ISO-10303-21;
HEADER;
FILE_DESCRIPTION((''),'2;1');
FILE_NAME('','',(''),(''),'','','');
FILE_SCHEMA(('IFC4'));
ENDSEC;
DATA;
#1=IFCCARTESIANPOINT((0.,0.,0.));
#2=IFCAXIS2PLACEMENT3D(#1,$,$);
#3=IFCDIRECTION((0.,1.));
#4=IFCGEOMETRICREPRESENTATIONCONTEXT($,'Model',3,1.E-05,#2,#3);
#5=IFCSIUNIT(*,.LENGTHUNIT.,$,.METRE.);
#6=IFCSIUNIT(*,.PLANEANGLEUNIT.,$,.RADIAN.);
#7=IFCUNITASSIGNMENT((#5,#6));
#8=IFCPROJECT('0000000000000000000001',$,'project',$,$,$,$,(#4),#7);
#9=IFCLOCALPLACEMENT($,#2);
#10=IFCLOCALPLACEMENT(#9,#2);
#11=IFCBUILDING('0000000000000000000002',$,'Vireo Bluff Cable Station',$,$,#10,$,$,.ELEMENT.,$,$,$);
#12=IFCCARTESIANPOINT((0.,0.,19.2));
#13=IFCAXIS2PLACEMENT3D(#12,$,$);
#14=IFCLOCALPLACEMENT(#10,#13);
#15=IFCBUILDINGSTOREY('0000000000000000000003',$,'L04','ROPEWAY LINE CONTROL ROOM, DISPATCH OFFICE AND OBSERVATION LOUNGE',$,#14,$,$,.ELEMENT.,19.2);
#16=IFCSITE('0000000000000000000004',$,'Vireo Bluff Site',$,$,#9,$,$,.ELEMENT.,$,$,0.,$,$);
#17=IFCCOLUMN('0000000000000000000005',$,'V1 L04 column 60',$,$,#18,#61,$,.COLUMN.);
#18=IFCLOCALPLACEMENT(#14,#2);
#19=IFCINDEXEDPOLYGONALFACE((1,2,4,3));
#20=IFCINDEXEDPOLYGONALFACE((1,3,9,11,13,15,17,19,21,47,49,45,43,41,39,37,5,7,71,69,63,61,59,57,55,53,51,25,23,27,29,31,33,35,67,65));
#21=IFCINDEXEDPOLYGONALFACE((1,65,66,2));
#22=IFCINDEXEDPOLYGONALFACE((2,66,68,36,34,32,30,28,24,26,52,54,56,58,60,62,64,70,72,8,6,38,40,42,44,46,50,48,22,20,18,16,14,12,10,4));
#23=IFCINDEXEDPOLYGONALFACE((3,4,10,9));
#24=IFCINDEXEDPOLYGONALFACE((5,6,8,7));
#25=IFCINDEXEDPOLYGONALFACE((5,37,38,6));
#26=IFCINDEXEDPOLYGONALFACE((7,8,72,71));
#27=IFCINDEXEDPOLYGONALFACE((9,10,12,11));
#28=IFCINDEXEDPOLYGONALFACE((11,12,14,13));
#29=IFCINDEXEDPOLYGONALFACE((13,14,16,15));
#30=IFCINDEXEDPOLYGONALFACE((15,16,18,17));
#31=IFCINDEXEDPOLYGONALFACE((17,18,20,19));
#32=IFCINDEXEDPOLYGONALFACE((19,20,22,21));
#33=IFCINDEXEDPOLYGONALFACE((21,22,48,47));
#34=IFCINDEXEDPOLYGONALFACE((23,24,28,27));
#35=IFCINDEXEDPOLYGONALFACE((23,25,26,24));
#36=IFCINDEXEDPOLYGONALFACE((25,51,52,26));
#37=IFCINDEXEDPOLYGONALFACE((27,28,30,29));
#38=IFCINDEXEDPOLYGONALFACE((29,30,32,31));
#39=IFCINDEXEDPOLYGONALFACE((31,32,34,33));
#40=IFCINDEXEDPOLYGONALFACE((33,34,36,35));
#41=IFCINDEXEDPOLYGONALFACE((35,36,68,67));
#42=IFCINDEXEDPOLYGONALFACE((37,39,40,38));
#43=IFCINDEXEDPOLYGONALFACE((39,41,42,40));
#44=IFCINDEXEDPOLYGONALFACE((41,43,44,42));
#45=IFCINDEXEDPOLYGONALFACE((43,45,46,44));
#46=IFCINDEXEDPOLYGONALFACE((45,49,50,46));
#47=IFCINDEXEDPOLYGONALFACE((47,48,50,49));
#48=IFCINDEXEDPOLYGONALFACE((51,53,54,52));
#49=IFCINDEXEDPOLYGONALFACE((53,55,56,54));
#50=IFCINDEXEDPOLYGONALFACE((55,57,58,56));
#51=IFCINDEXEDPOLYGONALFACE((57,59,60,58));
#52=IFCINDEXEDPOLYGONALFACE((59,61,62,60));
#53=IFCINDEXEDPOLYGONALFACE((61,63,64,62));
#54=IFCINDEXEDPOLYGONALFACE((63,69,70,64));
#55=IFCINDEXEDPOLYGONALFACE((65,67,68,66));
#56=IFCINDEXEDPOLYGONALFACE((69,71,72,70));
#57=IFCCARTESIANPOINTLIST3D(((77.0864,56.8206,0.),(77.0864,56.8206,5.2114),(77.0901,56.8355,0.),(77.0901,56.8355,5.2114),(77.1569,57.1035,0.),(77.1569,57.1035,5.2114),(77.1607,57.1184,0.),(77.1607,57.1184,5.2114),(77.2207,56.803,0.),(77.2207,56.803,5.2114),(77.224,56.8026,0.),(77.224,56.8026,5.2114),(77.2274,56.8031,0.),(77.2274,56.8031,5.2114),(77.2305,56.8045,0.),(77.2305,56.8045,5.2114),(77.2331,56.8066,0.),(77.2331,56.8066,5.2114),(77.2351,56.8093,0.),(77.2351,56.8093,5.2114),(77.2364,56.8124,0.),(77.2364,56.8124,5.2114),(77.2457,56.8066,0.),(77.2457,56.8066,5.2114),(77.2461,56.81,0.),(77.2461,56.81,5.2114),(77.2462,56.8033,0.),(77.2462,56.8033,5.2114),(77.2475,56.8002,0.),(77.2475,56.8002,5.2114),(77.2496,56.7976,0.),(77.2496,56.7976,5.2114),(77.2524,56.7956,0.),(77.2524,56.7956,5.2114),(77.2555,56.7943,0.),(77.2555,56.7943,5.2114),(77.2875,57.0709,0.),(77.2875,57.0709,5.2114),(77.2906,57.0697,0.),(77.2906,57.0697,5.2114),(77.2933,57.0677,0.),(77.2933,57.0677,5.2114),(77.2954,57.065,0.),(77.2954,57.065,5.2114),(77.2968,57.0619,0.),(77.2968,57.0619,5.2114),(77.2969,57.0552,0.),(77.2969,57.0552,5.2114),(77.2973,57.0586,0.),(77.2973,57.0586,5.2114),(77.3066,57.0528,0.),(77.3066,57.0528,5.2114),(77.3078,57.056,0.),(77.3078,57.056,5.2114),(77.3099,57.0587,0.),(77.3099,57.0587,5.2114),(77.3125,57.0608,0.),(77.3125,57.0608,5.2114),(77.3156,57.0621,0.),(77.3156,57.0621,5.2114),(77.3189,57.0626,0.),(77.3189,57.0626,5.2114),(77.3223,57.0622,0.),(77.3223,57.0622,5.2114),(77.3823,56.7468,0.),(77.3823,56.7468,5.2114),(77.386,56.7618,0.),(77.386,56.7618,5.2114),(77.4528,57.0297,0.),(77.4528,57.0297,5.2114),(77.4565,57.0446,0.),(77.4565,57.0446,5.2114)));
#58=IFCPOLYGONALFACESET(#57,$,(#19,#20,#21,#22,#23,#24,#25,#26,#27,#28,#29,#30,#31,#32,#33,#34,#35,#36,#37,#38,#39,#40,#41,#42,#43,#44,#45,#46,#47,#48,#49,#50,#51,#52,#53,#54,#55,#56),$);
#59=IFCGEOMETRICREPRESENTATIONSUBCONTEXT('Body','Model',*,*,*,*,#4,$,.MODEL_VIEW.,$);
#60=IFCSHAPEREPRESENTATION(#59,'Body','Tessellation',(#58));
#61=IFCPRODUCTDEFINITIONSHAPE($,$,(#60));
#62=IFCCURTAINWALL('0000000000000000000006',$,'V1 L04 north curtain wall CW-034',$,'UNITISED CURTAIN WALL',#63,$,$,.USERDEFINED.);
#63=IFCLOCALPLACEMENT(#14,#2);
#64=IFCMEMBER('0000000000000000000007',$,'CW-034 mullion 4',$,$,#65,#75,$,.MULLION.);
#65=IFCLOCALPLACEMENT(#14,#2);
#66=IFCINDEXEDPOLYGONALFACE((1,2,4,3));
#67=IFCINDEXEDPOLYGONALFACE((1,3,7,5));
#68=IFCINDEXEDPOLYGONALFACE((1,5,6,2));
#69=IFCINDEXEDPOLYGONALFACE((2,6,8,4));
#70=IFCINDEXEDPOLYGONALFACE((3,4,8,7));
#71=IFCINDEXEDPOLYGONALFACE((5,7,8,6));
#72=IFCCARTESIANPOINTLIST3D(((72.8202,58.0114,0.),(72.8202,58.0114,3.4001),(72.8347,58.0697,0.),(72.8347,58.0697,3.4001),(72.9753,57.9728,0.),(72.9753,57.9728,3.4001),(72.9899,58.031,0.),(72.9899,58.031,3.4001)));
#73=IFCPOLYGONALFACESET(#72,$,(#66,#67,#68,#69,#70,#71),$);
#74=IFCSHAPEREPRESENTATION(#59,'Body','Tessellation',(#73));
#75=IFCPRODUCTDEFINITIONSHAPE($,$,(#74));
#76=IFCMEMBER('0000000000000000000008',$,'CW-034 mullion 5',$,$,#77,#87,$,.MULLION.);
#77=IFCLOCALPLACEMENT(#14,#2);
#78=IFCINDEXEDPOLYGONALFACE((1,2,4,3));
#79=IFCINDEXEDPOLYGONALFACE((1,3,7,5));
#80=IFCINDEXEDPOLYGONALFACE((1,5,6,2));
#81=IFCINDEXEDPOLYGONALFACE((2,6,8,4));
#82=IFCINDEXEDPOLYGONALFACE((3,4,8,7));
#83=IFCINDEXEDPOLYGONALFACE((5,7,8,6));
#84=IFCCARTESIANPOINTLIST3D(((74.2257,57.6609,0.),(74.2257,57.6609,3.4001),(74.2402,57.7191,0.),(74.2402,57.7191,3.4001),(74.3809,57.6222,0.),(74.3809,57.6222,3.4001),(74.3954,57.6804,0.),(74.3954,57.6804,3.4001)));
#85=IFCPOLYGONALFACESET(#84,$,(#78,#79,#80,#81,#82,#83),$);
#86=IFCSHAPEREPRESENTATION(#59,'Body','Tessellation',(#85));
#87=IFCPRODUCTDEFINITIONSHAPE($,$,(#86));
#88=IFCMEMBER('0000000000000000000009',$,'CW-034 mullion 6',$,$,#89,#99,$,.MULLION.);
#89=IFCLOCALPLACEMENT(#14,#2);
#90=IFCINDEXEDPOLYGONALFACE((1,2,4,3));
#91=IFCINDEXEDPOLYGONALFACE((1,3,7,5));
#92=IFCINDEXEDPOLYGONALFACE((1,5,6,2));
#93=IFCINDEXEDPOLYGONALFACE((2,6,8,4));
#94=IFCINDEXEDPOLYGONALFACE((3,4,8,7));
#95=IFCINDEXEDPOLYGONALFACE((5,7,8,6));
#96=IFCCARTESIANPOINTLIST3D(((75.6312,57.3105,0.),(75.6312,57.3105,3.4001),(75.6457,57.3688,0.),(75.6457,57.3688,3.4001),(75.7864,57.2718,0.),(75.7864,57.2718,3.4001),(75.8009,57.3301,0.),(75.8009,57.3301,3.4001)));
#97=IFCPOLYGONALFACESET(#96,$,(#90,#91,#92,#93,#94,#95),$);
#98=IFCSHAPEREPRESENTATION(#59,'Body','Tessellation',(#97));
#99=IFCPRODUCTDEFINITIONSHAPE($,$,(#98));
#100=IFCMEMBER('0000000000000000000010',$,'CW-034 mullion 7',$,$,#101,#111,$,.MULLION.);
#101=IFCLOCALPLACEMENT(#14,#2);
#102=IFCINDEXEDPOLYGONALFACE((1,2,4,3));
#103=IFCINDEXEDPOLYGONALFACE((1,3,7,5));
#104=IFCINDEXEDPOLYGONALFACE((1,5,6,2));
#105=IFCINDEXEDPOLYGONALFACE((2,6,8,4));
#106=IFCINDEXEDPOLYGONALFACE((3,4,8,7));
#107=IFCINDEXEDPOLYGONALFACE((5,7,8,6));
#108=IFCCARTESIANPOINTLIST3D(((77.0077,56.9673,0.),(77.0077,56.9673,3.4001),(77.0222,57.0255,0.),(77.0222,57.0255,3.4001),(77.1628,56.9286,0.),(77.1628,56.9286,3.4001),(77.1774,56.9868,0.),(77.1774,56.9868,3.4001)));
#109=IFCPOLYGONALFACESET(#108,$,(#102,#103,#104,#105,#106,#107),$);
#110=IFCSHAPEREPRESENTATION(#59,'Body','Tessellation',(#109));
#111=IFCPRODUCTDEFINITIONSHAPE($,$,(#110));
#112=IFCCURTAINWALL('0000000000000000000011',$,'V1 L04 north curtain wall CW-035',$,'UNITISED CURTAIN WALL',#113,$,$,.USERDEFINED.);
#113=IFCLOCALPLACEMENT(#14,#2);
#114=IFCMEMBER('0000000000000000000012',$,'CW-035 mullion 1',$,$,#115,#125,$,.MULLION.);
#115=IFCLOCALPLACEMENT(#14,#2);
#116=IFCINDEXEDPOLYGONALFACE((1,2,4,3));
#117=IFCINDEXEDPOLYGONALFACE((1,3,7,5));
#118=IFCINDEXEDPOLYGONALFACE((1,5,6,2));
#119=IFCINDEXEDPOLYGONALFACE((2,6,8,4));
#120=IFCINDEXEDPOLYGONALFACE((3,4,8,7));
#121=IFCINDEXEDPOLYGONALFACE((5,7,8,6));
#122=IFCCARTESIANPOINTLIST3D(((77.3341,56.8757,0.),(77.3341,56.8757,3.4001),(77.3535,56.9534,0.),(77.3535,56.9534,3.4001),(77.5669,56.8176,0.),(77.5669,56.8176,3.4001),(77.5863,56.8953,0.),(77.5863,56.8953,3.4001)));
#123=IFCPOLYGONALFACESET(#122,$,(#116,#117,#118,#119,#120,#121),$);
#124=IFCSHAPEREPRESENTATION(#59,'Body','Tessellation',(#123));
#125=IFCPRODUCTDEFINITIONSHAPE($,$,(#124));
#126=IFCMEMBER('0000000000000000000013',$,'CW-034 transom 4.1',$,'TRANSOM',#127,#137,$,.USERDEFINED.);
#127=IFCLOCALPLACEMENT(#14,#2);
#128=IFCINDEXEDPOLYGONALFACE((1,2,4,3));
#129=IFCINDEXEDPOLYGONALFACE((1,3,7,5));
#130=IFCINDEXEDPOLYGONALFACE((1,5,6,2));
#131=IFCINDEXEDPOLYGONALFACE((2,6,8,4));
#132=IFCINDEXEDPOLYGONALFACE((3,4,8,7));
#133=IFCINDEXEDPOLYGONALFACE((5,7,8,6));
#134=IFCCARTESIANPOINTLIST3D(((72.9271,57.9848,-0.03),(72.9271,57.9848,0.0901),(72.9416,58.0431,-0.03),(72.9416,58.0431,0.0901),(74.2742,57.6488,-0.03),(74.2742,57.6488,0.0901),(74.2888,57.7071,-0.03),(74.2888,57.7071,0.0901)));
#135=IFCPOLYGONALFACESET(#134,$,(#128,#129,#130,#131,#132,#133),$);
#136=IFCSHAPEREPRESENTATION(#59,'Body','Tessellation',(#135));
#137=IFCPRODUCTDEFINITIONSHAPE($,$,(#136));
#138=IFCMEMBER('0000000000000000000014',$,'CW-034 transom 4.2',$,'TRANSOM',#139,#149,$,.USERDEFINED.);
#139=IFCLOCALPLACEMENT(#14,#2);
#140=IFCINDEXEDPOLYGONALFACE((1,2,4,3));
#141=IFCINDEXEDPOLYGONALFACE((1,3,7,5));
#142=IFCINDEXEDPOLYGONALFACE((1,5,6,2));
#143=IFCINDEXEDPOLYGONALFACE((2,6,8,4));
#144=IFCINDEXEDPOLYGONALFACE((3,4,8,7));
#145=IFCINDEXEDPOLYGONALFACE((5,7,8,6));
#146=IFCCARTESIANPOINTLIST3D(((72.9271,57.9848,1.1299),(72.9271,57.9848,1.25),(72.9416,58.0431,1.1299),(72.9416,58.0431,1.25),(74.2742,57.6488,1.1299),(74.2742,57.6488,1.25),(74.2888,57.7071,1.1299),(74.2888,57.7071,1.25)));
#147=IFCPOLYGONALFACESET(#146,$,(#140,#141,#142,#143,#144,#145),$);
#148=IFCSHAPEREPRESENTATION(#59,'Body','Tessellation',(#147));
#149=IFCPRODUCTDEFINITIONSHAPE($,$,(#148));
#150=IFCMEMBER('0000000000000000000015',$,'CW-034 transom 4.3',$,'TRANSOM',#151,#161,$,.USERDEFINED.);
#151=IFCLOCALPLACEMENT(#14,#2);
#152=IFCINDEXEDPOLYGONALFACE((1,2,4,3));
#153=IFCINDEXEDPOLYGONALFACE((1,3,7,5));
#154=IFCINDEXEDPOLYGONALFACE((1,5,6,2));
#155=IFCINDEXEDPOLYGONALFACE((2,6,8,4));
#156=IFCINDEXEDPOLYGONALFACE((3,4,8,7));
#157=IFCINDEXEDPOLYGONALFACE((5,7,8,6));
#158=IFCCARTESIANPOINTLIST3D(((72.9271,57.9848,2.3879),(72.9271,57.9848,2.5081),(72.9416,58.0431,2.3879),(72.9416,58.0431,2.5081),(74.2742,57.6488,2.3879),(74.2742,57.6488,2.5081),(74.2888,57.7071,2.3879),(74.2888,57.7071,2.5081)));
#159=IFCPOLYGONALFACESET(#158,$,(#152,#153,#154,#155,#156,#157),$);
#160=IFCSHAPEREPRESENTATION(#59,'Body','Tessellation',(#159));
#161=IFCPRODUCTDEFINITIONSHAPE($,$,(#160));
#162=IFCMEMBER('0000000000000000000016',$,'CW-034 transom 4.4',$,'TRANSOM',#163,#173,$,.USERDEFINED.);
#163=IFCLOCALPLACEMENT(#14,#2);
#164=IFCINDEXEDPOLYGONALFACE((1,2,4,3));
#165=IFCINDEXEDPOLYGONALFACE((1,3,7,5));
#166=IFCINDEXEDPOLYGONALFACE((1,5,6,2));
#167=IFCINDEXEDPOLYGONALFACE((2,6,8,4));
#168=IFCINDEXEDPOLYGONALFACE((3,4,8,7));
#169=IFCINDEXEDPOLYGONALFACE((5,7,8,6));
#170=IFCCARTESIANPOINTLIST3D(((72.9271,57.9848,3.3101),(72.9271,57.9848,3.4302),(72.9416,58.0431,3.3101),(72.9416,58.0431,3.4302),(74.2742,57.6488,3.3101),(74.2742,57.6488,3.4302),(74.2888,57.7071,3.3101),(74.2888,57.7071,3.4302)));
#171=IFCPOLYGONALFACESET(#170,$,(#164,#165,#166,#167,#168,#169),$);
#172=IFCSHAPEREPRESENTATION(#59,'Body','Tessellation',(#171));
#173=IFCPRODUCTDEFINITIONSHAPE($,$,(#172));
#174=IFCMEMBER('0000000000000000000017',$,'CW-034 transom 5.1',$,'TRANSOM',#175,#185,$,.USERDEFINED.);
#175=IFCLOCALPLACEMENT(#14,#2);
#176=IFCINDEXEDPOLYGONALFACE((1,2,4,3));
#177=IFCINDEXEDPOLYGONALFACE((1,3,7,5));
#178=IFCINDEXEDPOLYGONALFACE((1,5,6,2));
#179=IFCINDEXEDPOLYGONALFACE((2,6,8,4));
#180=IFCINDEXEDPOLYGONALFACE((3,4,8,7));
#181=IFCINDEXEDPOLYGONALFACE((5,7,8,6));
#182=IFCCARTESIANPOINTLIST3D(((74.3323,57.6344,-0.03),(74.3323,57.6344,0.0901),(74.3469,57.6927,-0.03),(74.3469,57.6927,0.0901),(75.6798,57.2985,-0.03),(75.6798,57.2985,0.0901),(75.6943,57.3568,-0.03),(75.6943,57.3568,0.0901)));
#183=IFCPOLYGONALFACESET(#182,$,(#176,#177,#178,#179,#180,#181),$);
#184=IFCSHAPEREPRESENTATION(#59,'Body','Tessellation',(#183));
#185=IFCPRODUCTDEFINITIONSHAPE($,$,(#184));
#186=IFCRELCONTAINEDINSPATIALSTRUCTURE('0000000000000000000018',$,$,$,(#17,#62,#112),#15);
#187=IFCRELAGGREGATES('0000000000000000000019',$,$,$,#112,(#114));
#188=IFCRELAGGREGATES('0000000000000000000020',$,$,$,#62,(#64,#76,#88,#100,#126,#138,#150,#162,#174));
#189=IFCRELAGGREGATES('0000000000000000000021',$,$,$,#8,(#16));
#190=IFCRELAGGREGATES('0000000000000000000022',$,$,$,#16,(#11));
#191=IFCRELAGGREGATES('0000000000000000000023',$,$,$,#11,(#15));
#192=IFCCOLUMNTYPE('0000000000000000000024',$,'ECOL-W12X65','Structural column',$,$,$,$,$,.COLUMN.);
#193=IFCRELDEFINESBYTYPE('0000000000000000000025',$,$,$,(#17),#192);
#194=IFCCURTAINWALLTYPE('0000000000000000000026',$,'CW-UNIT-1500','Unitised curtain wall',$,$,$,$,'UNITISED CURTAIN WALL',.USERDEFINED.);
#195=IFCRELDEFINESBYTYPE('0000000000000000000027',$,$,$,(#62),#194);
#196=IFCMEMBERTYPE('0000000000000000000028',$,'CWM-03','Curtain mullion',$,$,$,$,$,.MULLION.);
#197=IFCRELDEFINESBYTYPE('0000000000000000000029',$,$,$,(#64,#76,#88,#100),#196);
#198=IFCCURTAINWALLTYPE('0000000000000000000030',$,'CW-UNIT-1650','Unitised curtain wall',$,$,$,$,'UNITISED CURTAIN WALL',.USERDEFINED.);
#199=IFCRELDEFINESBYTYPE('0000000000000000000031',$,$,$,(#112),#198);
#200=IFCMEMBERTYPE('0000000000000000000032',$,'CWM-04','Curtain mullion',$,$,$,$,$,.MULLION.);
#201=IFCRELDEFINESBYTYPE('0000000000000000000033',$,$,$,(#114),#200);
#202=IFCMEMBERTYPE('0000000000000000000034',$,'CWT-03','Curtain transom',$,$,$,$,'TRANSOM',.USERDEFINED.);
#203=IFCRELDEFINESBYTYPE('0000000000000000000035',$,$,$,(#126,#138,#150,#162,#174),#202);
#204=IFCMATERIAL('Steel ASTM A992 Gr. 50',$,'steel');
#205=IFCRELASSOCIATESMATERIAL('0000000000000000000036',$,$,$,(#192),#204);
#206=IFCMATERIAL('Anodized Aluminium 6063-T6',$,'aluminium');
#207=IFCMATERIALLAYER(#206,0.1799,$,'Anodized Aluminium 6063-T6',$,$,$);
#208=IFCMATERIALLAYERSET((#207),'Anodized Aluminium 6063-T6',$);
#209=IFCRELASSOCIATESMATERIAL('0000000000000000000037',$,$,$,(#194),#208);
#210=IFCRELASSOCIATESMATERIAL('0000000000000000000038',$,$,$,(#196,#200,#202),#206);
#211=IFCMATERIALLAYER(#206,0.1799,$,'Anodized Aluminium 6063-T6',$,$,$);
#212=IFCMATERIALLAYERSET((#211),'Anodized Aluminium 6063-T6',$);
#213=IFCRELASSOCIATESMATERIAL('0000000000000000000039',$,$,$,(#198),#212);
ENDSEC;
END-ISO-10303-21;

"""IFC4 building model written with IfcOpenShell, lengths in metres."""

from ifc_helpers import new_model, si_unit, direction, frame, origin, origin_2d, place, context, subcontext, project, spatial, rectangle, i_section, extrude, material, layer, layer_set, material_profile, profile_set, type_object, element, aggregate, save


model = new_model("IFC4")

# Units and contexts
model_context = context("Model", 3, precision=1e-05, world=origin(), true_north=direction((0.0, 1.0)))
body_context = subcontext(model_context, "Body", "Model", "MODEL_VIEW")
ifc_project = project(units=[si_unit("LENGTHUNIT", "METRE"), si_unit("PLANEANGLEUNIT", "RADIAN")], contexts=[model_context])

# Site, building, storey
site_placement = place(None, origin())
site = spatial("IfcSite", under=ifc_project, at=site_placement, Name="Vireo Bluff Site", CompositionType="ELEMENT", RefElevation=0.0)
building_placement = place(site_placement, origin())
building = spatial("IfcBuilding", under=site, at=building_placement, Name="Vireo Bluff Cable Station", CompositionType="ELEMENT")
storey_placement = place(building_placement, frame((0.0, 0.0, 19.2)))
storey = spatial("IfcBuildingStorey", under=building, at=storey_placement, Name="L04", Description="ROPEWAY LINE CONTROL ROOM, DISPATCH OFFICE AND OBSERVATION LOUNGE", CompositionType="ELEMENT", Elevation=19.2)

# Column
ifc_material_1 = material(Name="Steel ASTM A992 Gr. 50", Category="steel")
ifc_material_profile_1 = material_profile(ifc_material_1, i_section(OverallWidth=0.3049, OverallDepth=0.3069, WebThickness=0.01, FlangeThickness=0.0154, FilletRadius=0.0129, at=origin_2d()), Name="W12X65")
ifc_profile_set_1 = profile_set([ifc_material_profile_1], Name="Steel ASTM A992 Gr. 50")
column_type = type_object("IfcColumnType", Name="ECOL-W12X65", Description="Structural column", PredefinedType="COLUMN", material=ifc_profile_set_1)
column_placement = place(storey_placement, frame((77.2715, 56.9326, 0.0), z_axis=(0.0, 0.0, 1.0), x_axis=(0.970296, -0.241922, 0.0)))
element("IfcColumn", 1, at=column_placement, inside=storey, type_object=column_type, Name="V1 L04 column 60", PredefinedType="COLUMN", context=body_context, shape_type="SweptSolid", body=[
    extrude(i_section(OverallWidth=0.3049, OverallDepth=0.3069, WebThickness=0.01, FlangeThickness=0.0154, FilletRadius=0.0129, at=origin_2d()), origin(), (0.0, 0.0, 1.0), 5.2114),
])

# Curtain wall, members
ifc_material_2 = material(Name="Anodized Aluminium 6063-T6", Category="aluminium")
ifc_layer_1 = layer(ifc_material_2, 0.1799, Name="Anodized Aluminium 6063-T6")
ifc_layer_set_1 = layer_set([ifc_layer_1], Name="Anodized Aluminium 6063-T6")
curtain_wall_type_1 = type_object("IfcCurtainWallType", Name="CW-UNIT-1500", Description="Unitised curtain wall", ElementType="UNITISED CURTAIN WALL", PredefinedType="USERDEFINED", material=ifc_layer_set_1)
curtain_wall_1_placement = place(storey_placement, origin())
curtain_wall_1 = element("IfcCurtainWall", 2, at=curtain_wall_1_placement, inside=storey, type_object=curtain_wall_type_1, Name="V1 L04 north curtain wall CW-034", ObjectType="UNITISED CURTAIN WALL", PredefinedType="USERDEFINED")
ifc_material_profile_2 = material_profile(ifc_material_2, rectangle(XDim=0.0601, YDim=0.1599, at=origin_2d()), Name="ALU-M-60X160")
ifc_profile_set_2 = profile_set([ifc_material_profile_2], Name="Anodized Aluminium 6063-T6")
member_type_1 = type_object("IfcMemberType", Name="CWM-03", Description="Curtain mullion", PredefinedType="MULLION", material=ifc_profile_set_2)
member_1_placement = place(storey_placement, frame((72.905, 58.0212, 0.0), z_axis=(0.0, 0.0, 1.0), x_axis=(0.241922, 0.970296, 0.0)))
member_1 = element("IfcMember", 3, at=member_1_placement, type_object=member_type_1, Name="CW-034 mullion 4", PredefinedType="MULLION", context=body_context, shape_type="SweptSolid", body=[
    extrude(rectangle(XDim=0.0601, YDim=0.1599, at=origin_2d()), origin(), (0.0, 0.0, 1.0), 3.4001),
])
member_2_placement = place(storey_placement, frame((74.3105, 57.6707, 0.0), z_axis=(0.0, 0.0, 1.0), x_axis=(0.241922, 0.970296, 0.0)))
member_2 = element("IfcMember", 4, at=member_2_placement, type_object=member_type_1, Name="CW-034 mullion 5", PredefinedType="MULLION", context=body_context, shape_type="SweptSolid", body=[
    extrude(rectangle(XDim=0.0601, YDim=0.1599, at=origin_2d()), origin(), (0.0, 0.0, 1.0), 3.4001),
])
member_3_placement = place(storey_placement, frame((75.7161, 57.3203, 0.0), z_axis=(0.0, 0.0, 1.0), x_axis=(0.241922, 0.970296, 0.0)))
member_3 = element("IfcMember", 5, at=member_3_placement, type_object=member_type_1, Name="CW-034 mullion 6", PredefinedType="MULLION", context=body_context, shape_type="SweptSolid", body=[
    extrude(rectangle(XDim=0.0601, YDim=0.1599, at=origin_2d()), origin(), (0.0, 0.0, 1.0), 3.4001),
])
member_4_placement = place(storey_placement, frame((77.0925, 56.9771, 0.0), z_axis=(0.0, 0.0, 1.0), x_axis=(0.241922, 0.970296, 0.0)))
member_4 = element("IfcMember", 6, at=member_4_placement, type_object=member_type_1, Name="CW-034 mullion 7", PredefinedType="MULLION", context=body_context, shape_type="SweptSolid", body=[
    extrude(rectangle(XDim=0.0601, YDim=0.1599, at=origin_2d()), origin(), (0.0, 0.0, 1.0), 3.4001),
])

# Curtain wall, member
ifc_layer_2 = layer(ifc_material_2, 0.1799, Name="Anodized Aluminium 6063-T6")
ifc_layer_set_2 = layer_set([ifc_layer_2], Name="Anodized Aluminium 6063-T6")
curtain_wall_type_2 = type_object("IfcCurtainWallType", Name="CW-UNIT-1650", Description="Unitised curtain wall", ElementType="UNITISED CURTAIN WALL", PredefinedType="USERDEFINED", material=ifc_layer_set_2)
curtain_wall_2_placement = place(storey_placement, origin())
curtain_wall_2 = element("IfcCurtainWall", 7, at=curtain_wall_2_placement, inside=storey, type_object=curtain_wall_type_2, Name="V1 L04 north curtain wall CW-035", ObjectType="UNITISED CURTAIN WALL", PredefinedType="USERDEFINED")
ifc_material_profile_3 = material_profile(ifc_material_2, rectangle(XDim=0.0801, YDim=0.24, at=origin_2d()), Name="ALU-M-80X240")
ifc_profile_set_3 = profile_set([ifc_material_profile_3], Name="Anodized Aluminium 6063-T6")
member_type_2 = type_object("IfcMemberType", Name="CWM-04", Description="Curtain mullion", PredefinedType="MULLION", material=ifc_profile_set_3)
member_5_placement = place(storey_placement, frame((77.4602, 56.8855, 0.0), z_axis=(0.0, 0.0, 1.0), x_axis=(0.241922, 0.970296, 0.0)))
member_5 = element("IfcMember", 8, at=member_5_placement, type_object=member_type_2, Name="CW-035 mullion 1", PredefinedType="MULLION", context=body_context, shape_type="SweptSolid", body=[
    extrude(rectangle(XDim=0.0801, YDim=0.24, at=origin_2d()), origin(), (0.0, 0.0, 1.0), 3.4001),
])

# Members
ifc_material_profile_4 = material_profile(ifc_material_2, rectangle(XDim=0.0601, YDim=0.1201, at=origin_2d()), Name="ALU-T-60X120")
ifc_profile_set_4 = profile_set([ifc_material_profile_4], Name="Anodized Aluminium 6063-T6")
member_type_3 = type_object("IfcMemberType", Name="CWT-03", Description="Curtain transom", ElementType="TRANSOM", PredefinedType="USERDEFINED", material=ifc_profile_set_4)
member_6_placement = place(storey_placement, frame((72.9343, 58.0139, 0.03), z_axis=(0.970287, -0.241956, 0.0), x_axis=(0.241956, 0.970287, 0.0)))
member_6 = element("IfcMember", 9, at=member_6_placement, type_object=member_type_3, Name="CW-034 transom 4.1", ObjectType="TRANSOM", PredefinedType="USERDEFINED", context=body_context, shape_type="SweptSolid", body=[
    extrude(rectangle(XDim=0.0601, YDim=0.1201, at=origin_2d()), origin(), (0.0, 0.0, 1.0), 1.3884),
])
member_7_placement = place(storey_placement, frame((72.9343, 58.0139, 1.1899), z_axis=(0.970287, -0.241956, 0.0), x_axis=(0.241956, 0.970287, 0.0)))
member_7 = element("IfcMember", 10, at=member_7_placement, type_object=member_type_3, Name="CW-034 transom 4.2", ObjectType="TRANSOM", PredefinedType="USERDEFINED", context=body_context, shape_type="SweptSolid", body=[
    extrude(rectangle(XDim=0.0601, YDim=0.1201, at=origin_2d()), origin(), (0.0, 0.0, 1.0), 1.3884),
])
member_8_placement = place(storey_placement, frame((72.9343, 58.0139, 2.448), z_axis=(0.970287, -0.241956, 0.0), x_axis=(0.241956, 0.970287, 0.0)))
member_8 = element("IfcMember", 11, at=member_8_placement, type_object=member_type_3, Name="CW-034 transom 4.3", ObjectType="TRANSOM", PredefinedType="USERDEFINED", context=body_context, shape_type="SweptSolid", body=[
    extrude(rectangle(XDim=0.0601, YDim=0.1201, at=origin_2d()), origin(), (0.0, 0.0, 1.0), 1.3884),
])
member_9_placement = place(storey_placement, frame((72.9343, 58.0139, 3.3701), z_axis=(0.970287, -0.241956, 0.0), x_axis=(0.241956, 0.970287, 0.0)))
member_9 = element("IfcMember", 12, at=member_9_placement, type_object=member_type_3, Name="CW-034 transom 4.4", ObjectType="TRANSOM", PredefinedType="USERDEFINED", context=body_context, shape_type="SweptSolid", body=[
    extrude(rectangle(XDim=0.0601, YDim=0.1201, at=origin_2d()), origin(), (0.0, 0.0, 1.0), 1.3884),
])
member_10_placement = place(storey_placement, frame((74.3396, 57.6636, 0.03), z_axis=(0.970297, -0.241915, 0.0), x_axis=(0.241915, 0.970297, 0.0)))
member_10 = element("IfcMember", 13, at=member_10_placement, type_object=member_type_3, Name="CW-034 transom 5.1", ObjectType="TRANSOM", PredefinedType="USERDEFINED", context=body_context, shape_type="SweptSolid", body=[
    extrude(rectangle(XDim=0.0601, YDim=0.1201, at=origin_2d()), origin(), (0.0, 0.0, 1.0), 1.3887),
])
aggregate(curtain_wall_2, [member_5])

aggregate(curtain_wall_1, [member_1, member_2, member_3, member_4, member_6, member_7, member_8, member_9, member_10])

save(model, "model.ifc")
